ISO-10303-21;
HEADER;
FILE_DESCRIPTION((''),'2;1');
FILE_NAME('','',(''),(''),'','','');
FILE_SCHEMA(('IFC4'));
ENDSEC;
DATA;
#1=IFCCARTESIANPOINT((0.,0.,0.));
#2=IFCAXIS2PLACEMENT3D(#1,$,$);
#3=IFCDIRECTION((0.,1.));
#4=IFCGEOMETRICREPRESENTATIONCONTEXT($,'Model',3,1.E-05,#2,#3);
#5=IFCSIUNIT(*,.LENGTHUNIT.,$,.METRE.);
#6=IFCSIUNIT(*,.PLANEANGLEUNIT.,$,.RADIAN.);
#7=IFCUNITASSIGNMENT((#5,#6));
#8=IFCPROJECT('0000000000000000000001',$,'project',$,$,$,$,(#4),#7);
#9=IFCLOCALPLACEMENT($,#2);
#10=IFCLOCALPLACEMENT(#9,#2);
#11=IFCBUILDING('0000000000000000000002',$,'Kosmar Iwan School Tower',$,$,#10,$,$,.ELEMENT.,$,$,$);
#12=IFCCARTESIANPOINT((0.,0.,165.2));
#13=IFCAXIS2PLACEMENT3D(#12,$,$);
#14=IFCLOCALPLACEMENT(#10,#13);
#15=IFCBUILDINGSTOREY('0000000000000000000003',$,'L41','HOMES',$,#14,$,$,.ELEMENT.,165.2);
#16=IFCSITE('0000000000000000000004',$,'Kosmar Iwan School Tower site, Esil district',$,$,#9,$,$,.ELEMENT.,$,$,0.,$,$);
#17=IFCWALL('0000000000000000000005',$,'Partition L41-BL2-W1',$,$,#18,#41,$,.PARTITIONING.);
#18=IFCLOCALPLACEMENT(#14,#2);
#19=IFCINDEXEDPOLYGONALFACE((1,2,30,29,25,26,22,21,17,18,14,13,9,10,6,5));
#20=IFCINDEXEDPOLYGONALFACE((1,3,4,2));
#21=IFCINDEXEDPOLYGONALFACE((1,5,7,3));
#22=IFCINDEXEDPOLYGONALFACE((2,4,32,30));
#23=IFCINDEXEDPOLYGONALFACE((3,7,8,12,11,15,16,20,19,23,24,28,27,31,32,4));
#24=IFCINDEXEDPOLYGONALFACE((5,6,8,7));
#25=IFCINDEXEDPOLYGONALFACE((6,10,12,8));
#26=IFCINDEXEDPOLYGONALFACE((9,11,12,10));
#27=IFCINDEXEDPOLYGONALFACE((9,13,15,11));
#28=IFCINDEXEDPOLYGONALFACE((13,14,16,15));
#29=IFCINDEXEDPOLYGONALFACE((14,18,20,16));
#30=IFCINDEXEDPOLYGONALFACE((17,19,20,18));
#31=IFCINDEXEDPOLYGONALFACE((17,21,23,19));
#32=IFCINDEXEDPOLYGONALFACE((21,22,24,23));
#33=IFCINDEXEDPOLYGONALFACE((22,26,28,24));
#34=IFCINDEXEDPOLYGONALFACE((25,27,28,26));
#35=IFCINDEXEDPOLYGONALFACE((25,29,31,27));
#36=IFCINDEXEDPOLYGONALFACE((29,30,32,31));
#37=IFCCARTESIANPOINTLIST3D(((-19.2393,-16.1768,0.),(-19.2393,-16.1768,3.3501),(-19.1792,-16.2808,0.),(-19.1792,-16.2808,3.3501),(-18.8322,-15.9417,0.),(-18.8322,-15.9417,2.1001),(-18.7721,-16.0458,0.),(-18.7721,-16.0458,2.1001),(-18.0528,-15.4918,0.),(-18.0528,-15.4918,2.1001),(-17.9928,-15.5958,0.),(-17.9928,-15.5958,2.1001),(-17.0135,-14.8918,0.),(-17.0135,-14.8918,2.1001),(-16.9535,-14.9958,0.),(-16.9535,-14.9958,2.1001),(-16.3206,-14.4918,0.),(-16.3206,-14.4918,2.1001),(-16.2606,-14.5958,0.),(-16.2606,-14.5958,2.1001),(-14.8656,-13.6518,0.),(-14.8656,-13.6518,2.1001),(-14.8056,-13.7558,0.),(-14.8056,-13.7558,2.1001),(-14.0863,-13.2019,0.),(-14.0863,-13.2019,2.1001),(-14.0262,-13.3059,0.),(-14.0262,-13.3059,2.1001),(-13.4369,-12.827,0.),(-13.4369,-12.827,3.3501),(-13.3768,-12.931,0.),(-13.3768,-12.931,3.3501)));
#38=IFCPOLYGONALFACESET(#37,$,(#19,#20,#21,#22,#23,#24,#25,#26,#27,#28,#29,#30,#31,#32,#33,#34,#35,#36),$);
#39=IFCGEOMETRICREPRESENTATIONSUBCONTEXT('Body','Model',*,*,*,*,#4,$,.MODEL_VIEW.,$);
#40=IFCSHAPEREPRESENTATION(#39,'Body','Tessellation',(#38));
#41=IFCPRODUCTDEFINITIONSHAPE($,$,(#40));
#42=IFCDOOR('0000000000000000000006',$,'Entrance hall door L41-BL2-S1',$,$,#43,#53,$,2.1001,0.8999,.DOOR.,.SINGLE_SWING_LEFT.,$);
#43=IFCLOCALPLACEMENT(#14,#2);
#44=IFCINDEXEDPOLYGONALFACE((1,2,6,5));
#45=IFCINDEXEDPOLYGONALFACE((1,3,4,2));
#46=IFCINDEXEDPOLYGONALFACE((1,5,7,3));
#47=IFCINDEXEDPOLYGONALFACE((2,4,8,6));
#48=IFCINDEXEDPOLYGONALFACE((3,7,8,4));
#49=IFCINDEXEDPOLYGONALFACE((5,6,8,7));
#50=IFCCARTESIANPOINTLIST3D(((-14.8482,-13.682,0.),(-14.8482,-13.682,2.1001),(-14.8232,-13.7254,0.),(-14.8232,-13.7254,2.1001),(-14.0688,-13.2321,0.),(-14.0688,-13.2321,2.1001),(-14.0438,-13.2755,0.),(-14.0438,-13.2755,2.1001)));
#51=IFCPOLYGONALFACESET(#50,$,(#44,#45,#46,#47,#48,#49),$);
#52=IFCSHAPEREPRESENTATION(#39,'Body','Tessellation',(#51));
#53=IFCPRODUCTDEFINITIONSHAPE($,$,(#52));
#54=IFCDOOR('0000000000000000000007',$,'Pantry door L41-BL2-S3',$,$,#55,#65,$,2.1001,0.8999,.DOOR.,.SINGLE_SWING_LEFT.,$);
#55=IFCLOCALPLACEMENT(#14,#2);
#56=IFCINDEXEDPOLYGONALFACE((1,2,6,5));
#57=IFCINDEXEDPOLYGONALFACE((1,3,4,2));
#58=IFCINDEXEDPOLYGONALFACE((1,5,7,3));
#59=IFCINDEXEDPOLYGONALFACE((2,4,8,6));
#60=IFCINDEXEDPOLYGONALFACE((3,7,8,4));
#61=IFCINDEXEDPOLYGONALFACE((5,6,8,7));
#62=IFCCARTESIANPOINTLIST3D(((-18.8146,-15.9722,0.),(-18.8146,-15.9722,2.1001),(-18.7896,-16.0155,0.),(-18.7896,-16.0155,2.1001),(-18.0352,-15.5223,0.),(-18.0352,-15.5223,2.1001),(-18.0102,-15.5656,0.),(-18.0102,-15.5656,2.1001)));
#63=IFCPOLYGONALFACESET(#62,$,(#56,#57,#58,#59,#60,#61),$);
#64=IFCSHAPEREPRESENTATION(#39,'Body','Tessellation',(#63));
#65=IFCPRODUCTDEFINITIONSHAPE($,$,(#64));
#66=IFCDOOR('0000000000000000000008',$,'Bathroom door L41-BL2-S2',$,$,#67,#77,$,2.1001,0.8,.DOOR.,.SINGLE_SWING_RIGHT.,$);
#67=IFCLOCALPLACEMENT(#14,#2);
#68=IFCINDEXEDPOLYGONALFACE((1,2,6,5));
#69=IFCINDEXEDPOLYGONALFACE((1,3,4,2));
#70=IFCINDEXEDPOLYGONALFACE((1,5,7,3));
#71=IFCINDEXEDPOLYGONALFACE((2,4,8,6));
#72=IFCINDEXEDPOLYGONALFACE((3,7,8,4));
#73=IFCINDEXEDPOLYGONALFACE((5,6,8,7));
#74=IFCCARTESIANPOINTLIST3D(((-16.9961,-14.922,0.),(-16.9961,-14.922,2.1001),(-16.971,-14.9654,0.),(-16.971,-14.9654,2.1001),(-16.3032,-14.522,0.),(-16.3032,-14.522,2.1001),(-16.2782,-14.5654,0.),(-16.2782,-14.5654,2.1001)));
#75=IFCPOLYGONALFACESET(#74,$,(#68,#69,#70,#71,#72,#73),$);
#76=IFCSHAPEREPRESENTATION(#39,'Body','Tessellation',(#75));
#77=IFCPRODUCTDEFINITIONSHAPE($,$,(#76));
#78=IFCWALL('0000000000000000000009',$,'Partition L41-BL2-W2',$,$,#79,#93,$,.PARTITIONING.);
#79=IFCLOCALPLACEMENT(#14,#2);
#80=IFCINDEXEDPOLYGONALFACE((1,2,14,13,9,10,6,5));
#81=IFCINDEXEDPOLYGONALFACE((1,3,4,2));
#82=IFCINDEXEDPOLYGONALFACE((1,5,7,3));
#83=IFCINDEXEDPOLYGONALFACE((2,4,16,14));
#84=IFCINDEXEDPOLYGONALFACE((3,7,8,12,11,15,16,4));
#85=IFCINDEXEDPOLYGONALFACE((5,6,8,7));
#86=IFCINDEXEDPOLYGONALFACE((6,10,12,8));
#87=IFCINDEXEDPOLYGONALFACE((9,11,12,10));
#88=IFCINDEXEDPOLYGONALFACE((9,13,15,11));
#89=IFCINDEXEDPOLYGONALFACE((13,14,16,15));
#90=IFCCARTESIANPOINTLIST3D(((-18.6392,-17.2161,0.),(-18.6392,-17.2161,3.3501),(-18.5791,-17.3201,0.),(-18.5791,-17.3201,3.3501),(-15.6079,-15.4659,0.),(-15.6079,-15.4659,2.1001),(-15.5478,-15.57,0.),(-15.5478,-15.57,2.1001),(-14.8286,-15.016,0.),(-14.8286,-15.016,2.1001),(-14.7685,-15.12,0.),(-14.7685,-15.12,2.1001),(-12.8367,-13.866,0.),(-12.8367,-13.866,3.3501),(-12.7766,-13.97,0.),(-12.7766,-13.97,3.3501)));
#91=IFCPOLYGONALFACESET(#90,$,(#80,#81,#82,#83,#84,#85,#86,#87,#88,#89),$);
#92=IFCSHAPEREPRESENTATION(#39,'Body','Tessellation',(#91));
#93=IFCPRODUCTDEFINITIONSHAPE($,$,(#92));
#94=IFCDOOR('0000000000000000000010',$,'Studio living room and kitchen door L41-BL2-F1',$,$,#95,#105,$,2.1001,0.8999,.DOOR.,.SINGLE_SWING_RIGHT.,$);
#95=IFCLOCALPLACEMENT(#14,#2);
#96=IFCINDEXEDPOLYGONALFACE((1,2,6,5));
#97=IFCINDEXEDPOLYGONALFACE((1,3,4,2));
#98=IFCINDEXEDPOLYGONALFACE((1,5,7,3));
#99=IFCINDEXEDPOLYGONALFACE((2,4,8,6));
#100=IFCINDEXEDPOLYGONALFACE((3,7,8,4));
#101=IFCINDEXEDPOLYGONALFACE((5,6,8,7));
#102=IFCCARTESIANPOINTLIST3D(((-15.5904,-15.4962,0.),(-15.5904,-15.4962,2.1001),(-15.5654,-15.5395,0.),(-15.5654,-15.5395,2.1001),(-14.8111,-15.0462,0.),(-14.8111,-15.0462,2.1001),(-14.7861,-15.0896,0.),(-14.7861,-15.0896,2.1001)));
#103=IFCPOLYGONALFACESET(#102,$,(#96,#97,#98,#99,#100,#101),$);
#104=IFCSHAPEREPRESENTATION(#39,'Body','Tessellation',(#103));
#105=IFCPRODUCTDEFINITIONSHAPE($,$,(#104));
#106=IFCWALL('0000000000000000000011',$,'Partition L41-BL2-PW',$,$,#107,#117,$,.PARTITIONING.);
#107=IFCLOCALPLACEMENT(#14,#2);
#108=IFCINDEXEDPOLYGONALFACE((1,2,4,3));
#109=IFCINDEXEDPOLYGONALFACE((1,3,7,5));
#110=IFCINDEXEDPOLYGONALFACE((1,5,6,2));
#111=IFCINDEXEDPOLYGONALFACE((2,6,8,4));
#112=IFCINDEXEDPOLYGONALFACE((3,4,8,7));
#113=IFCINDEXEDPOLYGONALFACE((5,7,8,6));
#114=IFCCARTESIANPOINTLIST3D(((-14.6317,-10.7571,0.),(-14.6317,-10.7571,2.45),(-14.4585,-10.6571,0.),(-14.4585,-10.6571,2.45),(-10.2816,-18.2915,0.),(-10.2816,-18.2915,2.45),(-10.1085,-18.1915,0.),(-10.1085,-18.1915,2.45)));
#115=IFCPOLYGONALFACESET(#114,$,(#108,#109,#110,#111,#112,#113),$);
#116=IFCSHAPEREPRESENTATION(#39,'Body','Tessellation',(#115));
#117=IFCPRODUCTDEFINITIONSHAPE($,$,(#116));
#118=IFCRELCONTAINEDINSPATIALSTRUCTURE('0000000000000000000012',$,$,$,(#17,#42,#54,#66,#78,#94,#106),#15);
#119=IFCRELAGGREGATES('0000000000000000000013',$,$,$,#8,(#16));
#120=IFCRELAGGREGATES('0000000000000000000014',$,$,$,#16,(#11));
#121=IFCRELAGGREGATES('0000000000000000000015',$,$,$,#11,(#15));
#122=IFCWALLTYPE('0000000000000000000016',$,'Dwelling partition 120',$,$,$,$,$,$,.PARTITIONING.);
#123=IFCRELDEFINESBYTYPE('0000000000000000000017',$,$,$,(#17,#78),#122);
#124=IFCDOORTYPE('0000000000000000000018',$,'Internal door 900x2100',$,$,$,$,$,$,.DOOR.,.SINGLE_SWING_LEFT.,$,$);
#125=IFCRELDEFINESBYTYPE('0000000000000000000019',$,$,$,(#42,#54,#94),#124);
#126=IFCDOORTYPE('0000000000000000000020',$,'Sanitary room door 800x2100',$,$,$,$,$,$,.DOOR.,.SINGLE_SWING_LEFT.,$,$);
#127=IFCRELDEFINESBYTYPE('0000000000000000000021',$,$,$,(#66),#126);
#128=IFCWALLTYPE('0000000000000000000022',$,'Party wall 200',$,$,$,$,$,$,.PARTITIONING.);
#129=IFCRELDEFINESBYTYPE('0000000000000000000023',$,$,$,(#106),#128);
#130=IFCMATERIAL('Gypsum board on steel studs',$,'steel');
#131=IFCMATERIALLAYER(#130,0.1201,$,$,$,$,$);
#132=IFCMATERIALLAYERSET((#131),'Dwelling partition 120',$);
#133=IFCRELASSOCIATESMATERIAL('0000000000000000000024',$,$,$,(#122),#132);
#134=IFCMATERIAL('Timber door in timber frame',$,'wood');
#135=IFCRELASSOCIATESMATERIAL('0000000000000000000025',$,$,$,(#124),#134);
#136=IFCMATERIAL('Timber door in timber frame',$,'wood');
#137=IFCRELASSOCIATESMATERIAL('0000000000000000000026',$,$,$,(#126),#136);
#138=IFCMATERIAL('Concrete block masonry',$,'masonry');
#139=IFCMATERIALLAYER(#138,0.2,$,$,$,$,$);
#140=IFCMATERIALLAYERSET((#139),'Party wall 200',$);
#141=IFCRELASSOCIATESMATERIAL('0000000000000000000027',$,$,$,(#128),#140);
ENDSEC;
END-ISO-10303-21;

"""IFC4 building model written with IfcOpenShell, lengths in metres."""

from ifc_helpers import new_model, si_unit, direction, frame, frame_2d, origin, place, context, subcontext, project, spatial, rectangle, extrude, material, layer, layer_set, type_object, element, fill, save


model = new_model("IFC4")

# Units and contexts
model_context = context("Model", 3, precision=1e-05, world=origin(), true_north=direction((0.0, 1.0)))
body_context = subcontext(model_context, "Body", "Model", "MODEL_VIEW")
ifc_project = project(units=[si_unit("LENGTHUNIT", "METRE"), si_unit("PLANEANGLEUNIT", "RADIAN")], contexts=[model_context])

# Site, building, storey
site_placement = place(None, origin())
site = spatial("IfcSite", under=ifc_project, at=site_placement, Name="Kosmar Iwan School Tower site, Esil district", CompositionType="ELEMENT", RefElevation=0.0)
building_placement = place(site_placement, origin())
building = spatial("IfcBuilding", under=site, at=building_placement, Name="Kosmar Iwan School Tower", CompositionType="ELEMENT")
storey_placement = place(building_placement, frame((0.0, 0.0, 165.2)))
storey = spatial("IfcBuildingStorey", under=building, at=storey_placement, Name="L41", Description="HOMES", CompositionType="ELEMENT", Elevation=165.2)

# Shared definitions
ifc_material_1 = material(Name="Gypsum board on steel studs", Category="steel")
ifc_layer_1 = layer(ifc_material_1, 0.1201)
ifc_layer_set_1 = layer_set([ifc_layer_1], Name="Dwelling partition 120")
wall_type_1 = type_object("IfcWallType", Name="Dwelling partition 120", PredefinedType="PARTITIONING", material=ifc_layer_set_1)

# Wall, openings, doors
wall_1_placement = place(storey_placement, frame((-13.4067, -12.8789, 0.0), z_axis=(0.0, 0.0, 1.0), x_axis=(-0.866039, -0.499976, 0.0)))
wall_1 = element("IfcWall", 1, at=wall_1_placement, inside=storey, type_object=wall_type_1, Name="Partition L41-BL2-W1", PredefinedType="PARTITIONING", context=body_context, shape_type="SweptSolid", body=[
    extrude(rectangle(XDim=6.7, YDim=0.1201, at=frame_2d((3.3501, 0.0))), origin(), (0.0, 0.0, 1.0), 3.3501),
])
opening_1_placement = place(wall_1_placement, frame((0.75, 0.0, 0.0)))
opening_1 = element("IfcOpeningElement", 2, at=opening_1_placement, cuts=wall_1, PredefinedType="OPENING", context=body_context, shape_type="SweptSolid", body=[
    extrude(rectangle(XDim=0.8999, YDim=2.1001, at=frame_2d((0.45, 1.05))), frame((0.0, 0.072, 0.0), z_axis=(0.0, -1.0, 0.0), x_axis=(1.0, 0.0, 0.0)), (0.0, 0.0, 1.0), 0.144),
])
opening_2_placement = place(wall_1_placement, frame((3.3301, 0.0, 0.0)))
opening_2 = element("IfcOpeningElement", 3, at=opening_2_placement, cuts=wall_1, PredefinedType="OPENING", context=body_context, shape_type="SweptSolid", body=[
    extrude(rectangle(XDim=0.8, YDim=2.1001, at=frame_2d((0.3999, 1.05))), frame((0.0, 0.072, 0.0), z_axis=(0.0, -1.0, 0.0), x_axis=(1.0, 0.0, 0.0)), (0.0, 0.0, 1.0), 0.144),
])
opening_3_placement = place(wall_1_placement, frame((5.3301, 0.0, 0.0)))
opening_3 = element("IfcOpeningElement", 4, at=opening_3_placement, cuts=wall_1, PredefinedType="OPENING", context=body_context, shape_type="SweptSolid", body=[
    extrude(rectangle(XDim=0.8999, YDim=2.1001, at=frame_2d((0.45, 1.05))), frame((0.0, 0.072, 0.0), z_axis=(0.0, -1.0, 0.0), x_axis=(1.0, 0.0, 0.0)), (0.0, 0.0, 1.0), 0.144),
])
ifc_material_2 = material(Name="Timber door in timber frame", Category="wood")
door_type_1 = type_object("IfcDoorType", Name="Internal door 900x2100", OperationType="SINGLE_SWING_LEFT", PredefinedType="DOOR", material=ifc_material_2)
door_1_placement = place(opening_1_placement, origin())
door_1 = element("IfcDoor", 5, at=door_1_placement, inside=storey, type_object=door_type_1, Name="Entrance hall door L41-BL2-S1", OperationType="SINGLE_SWING_LEFT", OverallHeight=2.1001, OverallWidth=0.8999, PredefinedType="DOOR", context=body_context, shape_type="SweptSolid", body=[
    extrude(rectangle(XDim=0.8999, YDim=2.1001, at=frame_2d((0.45, 1.05))), frame((0.0, 0.0249, 0.0), z_axis=(0.0, -1.0, 0.0), x_axis=(1.0, 0.0, 0.0)), (0.0, 0.0, 1.0), 0.05),
])
fill(opening_1, door_1)
door_2_placement = place(opening_3_placement, frame((0.8999, 0.0, 0.0), z_axis=(0.0, 0.0, 1.0), x_axis=(-1.0, 0.0, 0.0)))
door_2 = element("IfcDoor", 6, at=door_2_placement, inside=storey, type_object=door_type_1, Name="Pantry door L41-BL2-S3", OperationType="SINGLE_SWING_LEFT", OverallHeight=2.1001, OverallWidth=0.8999, PredefinedType="DOOR", context=body_context, shape_type="SweptSolid", body=[
    extrude(rectangle(XDim=0.8999, YDim=2.1001, at=frame_2d((0.45, 1.05))), frame((0.0, 0.0249, 0.0), z_axis=(0.0, -1.0, 0.0), x_axis=(1.0, 0.0, 0.0)), (0.0, 0.0, 1.0), 0.05),
])
fill(opening_3, door_2)
ifc_material_3 = material(Name="Timber door in timber frame", Category="wood")
door_type_2 = type_object("IfcDoorType", Name="Sanitary room door 800x2100", OperationType="SINGLE_SWING_LEFT", PredefinedType="DOOR", material=ifc_material_3)
door_3_placement = place(opening_2_placement, origin())
door_3 = element("IfcDoor", 7, at=door_3_placement, inside=storey, type_object=door_type_2, Name="Bathroom door L41-BL2-S2", OperationType="SINGLE_SWING_RIGHT", OverallHeight=2.1001, OverallWidth=0.8, PredefinedType="DOOR", context=body_context, shape_type="SweptSolid", body=[
    extrude(rectangle(XDim=0.8, YDim=2.1001, at=frame_2d((0.3999, 1.05))), frame((0.0, 0.0249, 0.0), z_axis=(0.0, -1.0, 0.0), x_axis=(1.0, 0.0, 0.0)), (0.0, 0.0, 1.0), 0.05),
])
fill(opening_2, door_3)

# Wall, opening, door
wall_2_placement = place(storey_placement, frame((-12.8066, -13.918, 0.0), z_axis=(0.0, 0.0, 1.0), x_axis=(-0.866024, -0.500003, 0.0)))
wall_2 = element("IfcWall", 8, at=wall_2_placement, inside=storey, type_object=wall_type_1, Name="Partition L41-BL2-W2", PredefinedType="PARTITIONING", context=body_context, shape_type="SweptSolid", body=[
    extrude(rectangle(XDim=6.7002, YDim=0.1201, at=frame_2d((3.3501, 0.0))), origin(), (0.0, 0.0, 1.0), 3.3501),
])
opening_4_placement = place(wall_2_placement, frame((2.3, 0.0, 0.0)))
opening_4 = element("IfcOpeningElement", 9, at=opening_4_placement, cuts=wall_2, PredefinedType="OPENING", context=body_context, shape_type="SweptSolid", body=[
    extrude(rectangle(XDim=0.8999, YDim=2.1001, at=frame_2d((0.45, 1.05))), frame((0.0, 0.072, 0.0), z_axis=(0.0, -1.0, 0.0), x_axis=(1.0, 0.0, 0.0)), (0.0, 0.0, 1.0), 0.144),
])
door_4_placement = place(opening_4_placement, origin())
door_4 = element("IfcDoor", 10, at=door_4_placement, inside=storey, type_object=door_type_1, Name="Studio living room and kitchen door L41-BL2-F1", OperationType="SINGLE_SWING_RIGHT", OverallHeight=2.1001, OverallWidth=0.8999, PredefinedType="DOOR", context=body_context, shape_type="SweptSolid", body=[
    extrude(rectangle(XDim=0.8999, YDim=2.1001, at=frame_2d((0.45, 1.05))), frame((0.0, 0.0249, 0.0), z_axis=(0.0, -1.0, 0.0), x_axis=(1.0, 0.0, 0.0)), (0.0, 0.0, 1.0), 0.05),
])
fill(opening_4, door_4)

# Wall
ifc_material_4 = material(Name="Concrete block masonry", Category="masonry")
ifc_layer_2 = layer(ifc_material_4, 0.2)
ifc_layer_set_2 = layer_set([ifc_layer_2], Name="Party wall 200")
wall_type_2 = type_object("IfcWallType", Name="Party wall 200", PredefinedType="PARTITIONING", material=ifc_layer_set_2)
wall_3_placement = place(storey_placement, frame((-14.5452, -10.707, 0.0), z_axis=(0.0, 0.0, 1.0), x_axis=(0.500008, -0.866021, 0.0)))
element("IfcWall", 11, at=wall_3_placement, inside=storey, type_object=wall_type_2, Name="Partition L41-BL2-PW", PredefinedType="PARTITIONING", context=body_context, shape_type="SweptSolid", body=[
    extrude(rectangle(XDim=8.7, YDim=0.2, at=frame_2d((4.3501, 0.0))), origin(), (0.0, 0.0, 1.0), 2.45),
])

save(model, "model.ifc")
